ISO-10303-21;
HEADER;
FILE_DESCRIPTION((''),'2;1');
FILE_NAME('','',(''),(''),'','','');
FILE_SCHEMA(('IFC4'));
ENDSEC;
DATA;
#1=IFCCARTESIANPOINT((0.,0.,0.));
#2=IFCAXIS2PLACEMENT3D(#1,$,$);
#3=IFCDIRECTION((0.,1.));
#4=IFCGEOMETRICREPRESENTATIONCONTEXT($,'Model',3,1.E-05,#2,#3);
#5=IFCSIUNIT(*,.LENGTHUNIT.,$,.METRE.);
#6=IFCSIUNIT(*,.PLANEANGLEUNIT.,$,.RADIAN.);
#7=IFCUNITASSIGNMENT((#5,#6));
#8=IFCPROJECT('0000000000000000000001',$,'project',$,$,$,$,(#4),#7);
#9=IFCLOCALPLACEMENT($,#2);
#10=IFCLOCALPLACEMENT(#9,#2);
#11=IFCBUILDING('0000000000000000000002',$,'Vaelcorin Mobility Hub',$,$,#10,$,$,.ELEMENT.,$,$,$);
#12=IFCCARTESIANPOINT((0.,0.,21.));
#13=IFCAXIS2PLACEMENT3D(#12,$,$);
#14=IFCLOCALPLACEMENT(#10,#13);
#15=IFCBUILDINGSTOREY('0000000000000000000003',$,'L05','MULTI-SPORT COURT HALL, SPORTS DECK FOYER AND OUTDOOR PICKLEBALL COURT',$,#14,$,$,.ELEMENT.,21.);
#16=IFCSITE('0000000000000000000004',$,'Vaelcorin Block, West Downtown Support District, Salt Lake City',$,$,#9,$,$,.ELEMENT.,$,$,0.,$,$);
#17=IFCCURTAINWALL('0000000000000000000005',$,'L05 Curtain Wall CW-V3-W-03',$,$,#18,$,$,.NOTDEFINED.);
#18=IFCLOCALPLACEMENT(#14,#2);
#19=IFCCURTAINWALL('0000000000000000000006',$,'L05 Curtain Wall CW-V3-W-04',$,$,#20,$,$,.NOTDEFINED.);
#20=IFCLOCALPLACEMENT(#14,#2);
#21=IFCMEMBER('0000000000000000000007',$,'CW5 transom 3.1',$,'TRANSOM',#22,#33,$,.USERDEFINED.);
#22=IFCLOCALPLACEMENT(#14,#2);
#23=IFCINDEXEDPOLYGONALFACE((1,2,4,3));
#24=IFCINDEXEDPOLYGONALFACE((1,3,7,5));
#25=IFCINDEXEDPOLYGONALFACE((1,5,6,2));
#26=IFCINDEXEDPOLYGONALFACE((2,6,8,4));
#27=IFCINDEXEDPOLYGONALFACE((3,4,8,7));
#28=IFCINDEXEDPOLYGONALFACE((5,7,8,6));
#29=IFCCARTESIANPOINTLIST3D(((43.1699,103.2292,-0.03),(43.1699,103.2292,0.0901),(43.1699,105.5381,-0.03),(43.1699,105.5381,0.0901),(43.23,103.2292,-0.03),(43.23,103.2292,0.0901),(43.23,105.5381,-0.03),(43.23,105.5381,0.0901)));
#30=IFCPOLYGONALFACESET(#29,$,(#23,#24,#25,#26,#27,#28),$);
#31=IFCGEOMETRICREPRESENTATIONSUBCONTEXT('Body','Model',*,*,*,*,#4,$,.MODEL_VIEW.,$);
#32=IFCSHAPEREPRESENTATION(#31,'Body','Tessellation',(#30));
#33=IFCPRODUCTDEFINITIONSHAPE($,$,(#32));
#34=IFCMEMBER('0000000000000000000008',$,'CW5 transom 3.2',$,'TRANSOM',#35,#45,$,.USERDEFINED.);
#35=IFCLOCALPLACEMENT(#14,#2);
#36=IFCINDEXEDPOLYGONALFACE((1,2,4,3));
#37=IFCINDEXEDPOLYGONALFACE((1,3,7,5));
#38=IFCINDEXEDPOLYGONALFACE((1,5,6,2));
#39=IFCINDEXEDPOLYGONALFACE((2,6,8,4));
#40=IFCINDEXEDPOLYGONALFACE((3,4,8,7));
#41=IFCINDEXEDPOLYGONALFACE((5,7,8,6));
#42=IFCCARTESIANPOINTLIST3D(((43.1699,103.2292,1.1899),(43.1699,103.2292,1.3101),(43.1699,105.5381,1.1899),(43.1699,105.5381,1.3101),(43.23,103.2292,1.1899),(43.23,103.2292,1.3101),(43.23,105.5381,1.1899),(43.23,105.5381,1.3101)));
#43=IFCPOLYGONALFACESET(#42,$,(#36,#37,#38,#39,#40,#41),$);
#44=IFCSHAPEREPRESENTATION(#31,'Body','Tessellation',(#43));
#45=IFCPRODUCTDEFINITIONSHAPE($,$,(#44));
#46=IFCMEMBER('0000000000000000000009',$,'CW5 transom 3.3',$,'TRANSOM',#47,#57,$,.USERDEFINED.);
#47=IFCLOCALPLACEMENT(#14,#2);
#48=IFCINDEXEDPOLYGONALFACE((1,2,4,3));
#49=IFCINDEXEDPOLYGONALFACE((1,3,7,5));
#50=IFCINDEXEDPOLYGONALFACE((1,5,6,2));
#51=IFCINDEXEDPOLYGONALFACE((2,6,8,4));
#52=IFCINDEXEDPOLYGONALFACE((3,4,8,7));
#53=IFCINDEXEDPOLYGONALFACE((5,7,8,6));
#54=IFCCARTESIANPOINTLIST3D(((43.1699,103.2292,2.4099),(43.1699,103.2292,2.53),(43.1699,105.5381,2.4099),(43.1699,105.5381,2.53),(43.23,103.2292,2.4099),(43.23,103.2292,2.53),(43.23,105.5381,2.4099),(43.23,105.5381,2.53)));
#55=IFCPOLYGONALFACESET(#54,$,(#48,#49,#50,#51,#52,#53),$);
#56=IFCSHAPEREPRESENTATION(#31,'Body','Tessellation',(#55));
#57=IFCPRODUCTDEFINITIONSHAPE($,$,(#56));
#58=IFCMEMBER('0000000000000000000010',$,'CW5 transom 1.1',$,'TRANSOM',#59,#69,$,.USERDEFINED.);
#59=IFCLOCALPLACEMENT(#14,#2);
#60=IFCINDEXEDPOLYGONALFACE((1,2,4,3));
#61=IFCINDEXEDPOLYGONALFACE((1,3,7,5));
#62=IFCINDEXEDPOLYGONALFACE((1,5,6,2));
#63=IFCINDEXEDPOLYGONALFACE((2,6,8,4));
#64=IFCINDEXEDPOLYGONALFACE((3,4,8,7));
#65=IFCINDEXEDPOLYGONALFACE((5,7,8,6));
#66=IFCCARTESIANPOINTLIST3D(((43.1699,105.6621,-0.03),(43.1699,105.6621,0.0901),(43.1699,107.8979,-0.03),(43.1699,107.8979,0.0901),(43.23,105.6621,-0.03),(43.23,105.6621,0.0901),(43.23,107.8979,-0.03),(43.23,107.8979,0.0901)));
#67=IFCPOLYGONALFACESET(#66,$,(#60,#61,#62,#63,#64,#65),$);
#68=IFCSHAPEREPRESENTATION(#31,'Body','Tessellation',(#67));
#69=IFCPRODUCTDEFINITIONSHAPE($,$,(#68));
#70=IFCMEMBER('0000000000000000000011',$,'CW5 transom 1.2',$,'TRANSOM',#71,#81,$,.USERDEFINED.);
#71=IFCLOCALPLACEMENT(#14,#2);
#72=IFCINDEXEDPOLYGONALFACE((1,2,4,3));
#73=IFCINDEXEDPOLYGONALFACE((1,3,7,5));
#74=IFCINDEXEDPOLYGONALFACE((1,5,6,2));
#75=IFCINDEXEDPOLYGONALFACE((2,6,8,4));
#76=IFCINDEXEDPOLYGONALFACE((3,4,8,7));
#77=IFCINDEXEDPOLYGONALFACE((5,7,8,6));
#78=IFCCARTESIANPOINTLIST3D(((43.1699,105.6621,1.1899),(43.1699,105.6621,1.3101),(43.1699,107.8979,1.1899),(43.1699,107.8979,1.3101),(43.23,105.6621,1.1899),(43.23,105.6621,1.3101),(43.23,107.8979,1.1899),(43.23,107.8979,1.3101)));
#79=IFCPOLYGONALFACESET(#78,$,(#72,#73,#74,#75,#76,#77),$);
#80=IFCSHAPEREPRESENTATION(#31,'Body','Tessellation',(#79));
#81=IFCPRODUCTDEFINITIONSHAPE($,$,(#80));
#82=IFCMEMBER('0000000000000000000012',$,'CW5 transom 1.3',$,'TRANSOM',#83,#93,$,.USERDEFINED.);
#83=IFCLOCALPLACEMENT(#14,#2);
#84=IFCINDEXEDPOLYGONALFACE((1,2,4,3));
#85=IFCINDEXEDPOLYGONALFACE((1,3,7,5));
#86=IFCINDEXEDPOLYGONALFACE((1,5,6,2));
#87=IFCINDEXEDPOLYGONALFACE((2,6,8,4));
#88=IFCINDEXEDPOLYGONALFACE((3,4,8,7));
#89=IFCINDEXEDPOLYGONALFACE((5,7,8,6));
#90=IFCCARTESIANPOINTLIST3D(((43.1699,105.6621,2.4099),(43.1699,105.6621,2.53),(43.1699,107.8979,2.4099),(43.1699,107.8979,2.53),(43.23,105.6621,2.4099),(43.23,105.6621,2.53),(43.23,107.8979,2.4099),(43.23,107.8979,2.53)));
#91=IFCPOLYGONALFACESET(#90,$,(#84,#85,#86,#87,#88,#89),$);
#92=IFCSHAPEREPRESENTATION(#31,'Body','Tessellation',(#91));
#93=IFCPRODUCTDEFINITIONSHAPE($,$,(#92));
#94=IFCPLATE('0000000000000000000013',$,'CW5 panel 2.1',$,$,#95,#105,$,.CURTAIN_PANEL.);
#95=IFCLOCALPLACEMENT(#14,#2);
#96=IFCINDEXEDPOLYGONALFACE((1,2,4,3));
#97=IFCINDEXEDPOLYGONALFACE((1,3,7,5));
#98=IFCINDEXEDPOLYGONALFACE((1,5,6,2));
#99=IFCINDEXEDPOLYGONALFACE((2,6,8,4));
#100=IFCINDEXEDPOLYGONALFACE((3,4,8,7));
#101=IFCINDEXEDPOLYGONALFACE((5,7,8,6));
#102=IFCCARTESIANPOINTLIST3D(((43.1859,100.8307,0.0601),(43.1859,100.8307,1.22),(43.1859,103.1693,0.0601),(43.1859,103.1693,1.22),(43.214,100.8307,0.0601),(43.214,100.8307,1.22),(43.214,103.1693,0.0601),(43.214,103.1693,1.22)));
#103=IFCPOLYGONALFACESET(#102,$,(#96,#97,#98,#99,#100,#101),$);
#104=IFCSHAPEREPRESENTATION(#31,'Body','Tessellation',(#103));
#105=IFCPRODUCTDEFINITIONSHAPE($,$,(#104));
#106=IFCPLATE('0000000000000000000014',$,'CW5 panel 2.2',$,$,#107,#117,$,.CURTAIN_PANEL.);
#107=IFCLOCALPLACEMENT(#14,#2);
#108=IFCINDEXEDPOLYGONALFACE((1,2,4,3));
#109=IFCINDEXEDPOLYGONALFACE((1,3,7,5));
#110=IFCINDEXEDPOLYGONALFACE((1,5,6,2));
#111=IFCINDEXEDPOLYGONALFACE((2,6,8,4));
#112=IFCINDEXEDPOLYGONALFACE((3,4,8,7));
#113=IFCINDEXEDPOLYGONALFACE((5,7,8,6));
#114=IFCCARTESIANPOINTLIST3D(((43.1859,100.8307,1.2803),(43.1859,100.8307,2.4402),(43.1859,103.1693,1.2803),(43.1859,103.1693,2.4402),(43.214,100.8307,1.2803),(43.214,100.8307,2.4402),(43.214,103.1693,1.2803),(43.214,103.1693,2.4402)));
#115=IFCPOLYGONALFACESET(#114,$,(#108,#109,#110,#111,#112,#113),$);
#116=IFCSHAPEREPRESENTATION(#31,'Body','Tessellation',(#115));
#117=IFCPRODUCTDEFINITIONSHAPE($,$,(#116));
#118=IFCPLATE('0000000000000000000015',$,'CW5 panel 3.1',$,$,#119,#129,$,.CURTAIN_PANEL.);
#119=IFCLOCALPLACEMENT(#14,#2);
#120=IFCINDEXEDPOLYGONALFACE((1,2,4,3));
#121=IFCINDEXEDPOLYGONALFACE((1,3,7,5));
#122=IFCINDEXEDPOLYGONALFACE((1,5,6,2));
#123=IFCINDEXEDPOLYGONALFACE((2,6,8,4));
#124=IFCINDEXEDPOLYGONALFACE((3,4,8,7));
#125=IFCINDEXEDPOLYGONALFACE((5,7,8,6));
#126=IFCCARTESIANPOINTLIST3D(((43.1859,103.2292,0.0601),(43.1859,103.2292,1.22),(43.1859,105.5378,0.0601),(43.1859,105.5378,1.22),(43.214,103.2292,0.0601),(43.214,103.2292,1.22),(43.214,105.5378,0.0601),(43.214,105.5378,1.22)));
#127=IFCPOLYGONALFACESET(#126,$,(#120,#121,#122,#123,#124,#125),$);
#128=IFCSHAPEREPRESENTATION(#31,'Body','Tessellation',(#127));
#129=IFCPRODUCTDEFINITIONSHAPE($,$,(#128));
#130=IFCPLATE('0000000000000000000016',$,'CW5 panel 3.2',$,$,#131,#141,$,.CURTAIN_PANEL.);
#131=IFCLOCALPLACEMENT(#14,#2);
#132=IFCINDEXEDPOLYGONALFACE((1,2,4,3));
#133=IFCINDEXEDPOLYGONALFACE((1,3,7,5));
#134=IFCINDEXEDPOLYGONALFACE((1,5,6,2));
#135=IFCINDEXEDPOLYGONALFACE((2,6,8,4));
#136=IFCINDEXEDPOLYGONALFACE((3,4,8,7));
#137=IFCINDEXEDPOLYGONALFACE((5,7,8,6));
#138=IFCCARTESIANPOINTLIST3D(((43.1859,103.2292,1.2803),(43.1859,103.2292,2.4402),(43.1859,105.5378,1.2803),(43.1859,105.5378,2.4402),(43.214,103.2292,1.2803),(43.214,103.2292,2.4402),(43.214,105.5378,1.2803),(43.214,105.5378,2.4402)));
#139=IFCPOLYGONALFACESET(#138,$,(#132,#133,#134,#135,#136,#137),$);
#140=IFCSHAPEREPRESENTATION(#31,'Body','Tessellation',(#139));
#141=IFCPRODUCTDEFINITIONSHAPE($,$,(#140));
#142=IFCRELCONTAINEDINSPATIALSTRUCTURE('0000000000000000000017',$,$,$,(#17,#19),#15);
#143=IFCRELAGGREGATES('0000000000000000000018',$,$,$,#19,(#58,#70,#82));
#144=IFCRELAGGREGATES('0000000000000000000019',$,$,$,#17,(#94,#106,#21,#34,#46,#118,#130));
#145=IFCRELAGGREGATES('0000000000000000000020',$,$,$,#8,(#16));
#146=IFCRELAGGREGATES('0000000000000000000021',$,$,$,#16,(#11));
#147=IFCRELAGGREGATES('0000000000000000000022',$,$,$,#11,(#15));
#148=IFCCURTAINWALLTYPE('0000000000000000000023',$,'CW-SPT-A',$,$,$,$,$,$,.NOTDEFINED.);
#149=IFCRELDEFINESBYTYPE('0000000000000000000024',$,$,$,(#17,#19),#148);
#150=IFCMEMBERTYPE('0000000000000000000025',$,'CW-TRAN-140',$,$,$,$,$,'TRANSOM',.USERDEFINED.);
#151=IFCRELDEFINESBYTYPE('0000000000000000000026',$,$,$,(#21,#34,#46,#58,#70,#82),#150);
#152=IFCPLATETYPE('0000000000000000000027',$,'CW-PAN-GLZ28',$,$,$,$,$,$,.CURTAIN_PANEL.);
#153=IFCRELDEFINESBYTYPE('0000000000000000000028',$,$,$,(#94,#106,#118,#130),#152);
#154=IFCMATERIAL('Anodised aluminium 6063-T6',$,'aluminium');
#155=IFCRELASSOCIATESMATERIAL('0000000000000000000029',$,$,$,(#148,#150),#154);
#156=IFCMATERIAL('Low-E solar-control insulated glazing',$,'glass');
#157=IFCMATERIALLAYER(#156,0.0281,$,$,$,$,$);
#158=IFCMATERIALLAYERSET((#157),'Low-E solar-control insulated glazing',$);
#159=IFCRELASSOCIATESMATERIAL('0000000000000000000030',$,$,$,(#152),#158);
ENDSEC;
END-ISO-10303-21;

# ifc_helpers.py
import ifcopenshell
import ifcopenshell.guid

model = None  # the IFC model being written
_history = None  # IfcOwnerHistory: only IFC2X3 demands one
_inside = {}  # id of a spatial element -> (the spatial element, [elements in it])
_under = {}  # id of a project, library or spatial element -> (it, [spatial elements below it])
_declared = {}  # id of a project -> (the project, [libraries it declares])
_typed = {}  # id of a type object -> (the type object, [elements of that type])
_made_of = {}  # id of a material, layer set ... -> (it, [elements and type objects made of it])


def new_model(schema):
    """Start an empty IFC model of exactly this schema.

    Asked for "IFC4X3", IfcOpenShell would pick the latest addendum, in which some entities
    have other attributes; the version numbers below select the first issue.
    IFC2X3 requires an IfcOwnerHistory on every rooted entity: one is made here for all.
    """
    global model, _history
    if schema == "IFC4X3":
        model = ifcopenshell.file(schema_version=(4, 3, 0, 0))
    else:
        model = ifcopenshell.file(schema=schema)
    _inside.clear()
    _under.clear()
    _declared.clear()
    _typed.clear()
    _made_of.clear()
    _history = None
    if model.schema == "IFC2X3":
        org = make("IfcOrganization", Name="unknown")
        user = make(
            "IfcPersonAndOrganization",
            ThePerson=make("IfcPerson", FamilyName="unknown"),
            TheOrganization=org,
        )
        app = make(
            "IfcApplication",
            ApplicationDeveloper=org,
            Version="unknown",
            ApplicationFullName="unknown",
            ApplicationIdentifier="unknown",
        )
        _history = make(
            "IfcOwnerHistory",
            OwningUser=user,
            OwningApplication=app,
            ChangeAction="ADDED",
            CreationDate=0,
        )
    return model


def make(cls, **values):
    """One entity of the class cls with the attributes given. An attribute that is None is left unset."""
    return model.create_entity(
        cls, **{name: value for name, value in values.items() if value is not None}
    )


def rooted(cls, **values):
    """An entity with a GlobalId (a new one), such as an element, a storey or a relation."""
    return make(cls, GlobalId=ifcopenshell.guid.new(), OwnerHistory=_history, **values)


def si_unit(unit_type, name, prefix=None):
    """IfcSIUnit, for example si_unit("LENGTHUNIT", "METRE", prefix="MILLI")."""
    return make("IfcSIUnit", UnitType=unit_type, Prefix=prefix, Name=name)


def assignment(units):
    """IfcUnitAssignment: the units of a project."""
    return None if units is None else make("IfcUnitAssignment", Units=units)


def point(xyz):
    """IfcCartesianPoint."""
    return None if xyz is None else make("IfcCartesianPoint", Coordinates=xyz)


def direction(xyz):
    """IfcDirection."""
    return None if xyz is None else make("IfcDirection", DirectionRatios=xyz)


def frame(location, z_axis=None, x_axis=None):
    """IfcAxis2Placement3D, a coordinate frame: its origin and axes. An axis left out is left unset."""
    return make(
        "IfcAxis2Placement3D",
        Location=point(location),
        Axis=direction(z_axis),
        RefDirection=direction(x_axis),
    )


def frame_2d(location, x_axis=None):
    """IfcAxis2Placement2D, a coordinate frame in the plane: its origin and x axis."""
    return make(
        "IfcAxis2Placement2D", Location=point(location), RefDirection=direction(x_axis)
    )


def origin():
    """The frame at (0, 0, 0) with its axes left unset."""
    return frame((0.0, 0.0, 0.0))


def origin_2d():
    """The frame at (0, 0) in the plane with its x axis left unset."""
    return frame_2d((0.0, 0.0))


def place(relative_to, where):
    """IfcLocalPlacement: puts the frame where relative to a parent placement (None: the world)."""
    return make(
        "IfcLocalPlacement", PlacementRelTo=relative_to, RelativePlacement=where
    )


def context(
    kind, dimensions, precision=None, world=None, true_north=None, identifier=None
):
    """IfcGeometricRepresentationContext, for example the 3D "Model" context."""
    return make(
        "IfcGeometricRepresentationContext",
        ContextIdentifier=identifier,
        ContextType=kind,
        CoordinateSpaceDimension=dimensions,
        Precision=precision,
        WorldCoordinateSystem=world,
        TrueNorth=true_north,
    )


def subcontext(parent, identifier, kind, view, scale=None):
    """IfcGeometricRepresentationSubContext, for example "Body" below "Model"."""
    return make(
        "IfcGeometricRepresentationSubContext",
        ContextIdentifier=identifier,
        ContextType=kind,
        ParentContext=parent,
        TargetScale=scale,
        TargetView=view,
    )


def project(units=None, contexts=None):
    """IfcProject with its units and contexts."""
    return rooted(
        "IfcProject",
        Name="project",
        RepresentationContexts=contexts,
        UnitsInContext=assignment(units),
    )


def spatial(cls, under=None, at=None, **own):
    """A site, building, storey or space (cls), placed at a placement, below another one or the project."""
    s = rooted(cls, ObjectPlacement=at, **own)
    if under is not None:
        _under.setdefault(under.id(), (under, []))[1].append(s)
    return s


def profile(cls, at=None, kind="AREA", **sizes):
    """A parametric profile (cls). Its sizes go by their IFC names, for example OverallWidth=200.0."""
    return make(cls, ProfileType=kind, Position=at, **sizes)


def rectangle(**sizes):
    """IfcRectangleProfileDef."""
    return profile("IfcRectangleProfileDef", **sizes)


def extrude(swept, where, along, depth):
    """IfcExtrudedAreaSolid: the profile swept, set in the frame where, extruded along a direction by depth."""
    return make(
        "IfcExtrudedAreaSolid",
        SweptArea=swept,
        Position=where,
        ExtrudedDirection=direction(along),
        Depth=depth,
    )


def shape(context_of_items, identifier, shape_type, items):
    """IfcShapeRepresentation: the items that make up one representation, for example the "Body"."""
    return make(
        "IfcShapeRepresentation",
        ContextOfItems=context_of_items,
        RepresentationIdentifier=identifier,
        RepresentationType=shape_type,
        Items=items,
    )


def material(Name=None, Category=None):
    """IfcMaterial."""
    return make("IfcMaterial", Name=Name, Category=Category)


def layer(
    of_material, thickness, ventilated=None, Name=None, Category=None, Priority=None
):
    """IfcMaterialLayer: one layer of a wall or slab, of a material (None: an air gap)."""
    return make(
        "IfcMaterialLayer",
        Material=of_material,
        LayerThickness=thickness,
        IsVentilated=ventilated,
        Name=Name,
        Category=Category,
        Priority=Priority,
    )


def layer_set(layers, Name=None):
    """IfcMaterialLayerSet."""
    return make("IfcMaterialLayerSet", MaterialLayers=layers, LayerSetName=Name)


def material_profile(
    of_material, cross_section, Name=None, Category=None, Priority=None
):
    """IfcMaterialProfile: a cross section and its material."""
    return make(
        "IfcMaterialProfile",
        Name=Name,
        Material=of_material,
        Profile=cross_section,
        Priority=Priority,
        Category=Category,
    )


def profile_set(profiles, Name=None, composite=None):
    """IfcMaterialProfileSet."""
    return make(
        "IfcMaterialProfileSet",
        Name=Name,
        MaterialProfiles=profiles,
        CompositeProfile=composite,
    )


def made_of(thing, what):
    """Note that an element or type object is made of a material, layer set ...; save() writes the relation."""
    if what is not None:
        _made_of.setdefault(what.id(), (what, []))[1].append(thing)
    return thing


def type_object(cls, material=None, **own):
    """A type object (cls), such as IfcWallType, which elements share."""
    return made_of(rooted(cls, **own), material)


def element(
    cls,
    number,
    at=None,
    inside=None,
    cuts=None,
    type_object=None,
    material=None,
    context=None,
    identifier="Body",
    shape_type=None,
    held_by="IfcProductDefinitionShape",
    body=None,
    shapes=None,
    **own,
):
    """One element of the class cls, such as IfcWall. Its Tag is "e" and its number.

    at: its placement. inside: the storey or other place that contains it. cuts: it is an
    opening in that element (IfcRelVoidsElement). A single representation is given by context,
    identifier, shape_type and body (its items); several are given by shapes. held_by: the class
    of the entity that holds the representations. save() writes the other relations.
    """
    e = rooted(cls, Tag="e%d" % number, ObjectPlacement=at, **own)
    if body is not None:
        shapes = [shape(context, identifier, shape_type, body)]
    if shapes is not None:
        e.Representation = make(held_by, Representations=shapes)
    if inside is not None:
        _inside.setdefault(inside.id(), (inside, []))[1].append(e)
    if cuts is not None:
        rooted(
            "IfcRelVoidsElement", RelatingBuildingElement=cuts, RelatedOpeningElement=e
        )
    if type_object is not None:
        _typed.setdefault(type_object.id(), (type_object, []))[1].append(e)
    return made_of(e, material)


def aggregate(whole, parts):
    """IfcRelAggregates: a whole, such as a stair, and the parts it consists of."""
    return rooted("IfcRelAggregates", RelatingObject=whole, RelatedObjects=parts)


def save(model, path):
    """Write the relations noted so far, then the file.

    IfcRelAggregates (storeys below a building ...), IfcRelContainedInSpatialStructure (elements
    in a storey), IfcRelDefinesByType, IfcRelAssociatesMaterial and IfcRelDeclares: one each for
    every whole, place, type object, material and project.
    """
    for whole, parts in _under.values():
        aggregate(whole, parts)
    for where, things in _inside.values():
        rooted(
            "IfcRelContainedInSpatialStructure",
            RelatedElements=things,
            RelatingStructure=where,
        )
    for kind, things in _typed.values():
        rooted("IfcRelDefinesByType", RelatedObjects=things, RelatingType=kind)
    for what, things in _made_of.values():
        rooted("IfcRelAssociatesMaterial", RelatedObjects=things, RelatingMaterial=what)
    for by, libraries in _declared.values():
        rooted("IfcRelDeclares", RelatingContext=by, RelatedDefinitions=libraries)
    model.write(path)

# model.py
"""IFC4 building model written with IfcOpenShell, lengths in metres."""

from ifc_helpers import new_model, si_unit, direction, frame, origin, origin_2d, place, context, subcontext, project, spatial, rectangle, extrude, material, layer, layer_set, material_profile, profile_set, type_object, element, aggregate, save


model = new_model("IFC4")

# Units and contexts
model_context = context("Model", 3, precision=1e-05, world=origin(), true_north=direction((0.0, 1.0)))
body_context = subcontext(model_context, "Body", "Model", "MODEL_VIEW")
ifc_project = project(units=[si_unit("LENGTHUNIT", "METRE"), si_unit("PLANEANGLEUNIT", "RADIAN")], contexts=[model_context])

# Site, building, storey
site_placement = place(None, origin())
site = spatial("IfcSite", under=ifc_project, at=site_placement, Name="Vaelcorin Block, West Downtown Support District, Salt Lake City", CompositionType="ELEMENT", RefElevation=0.0)
building_placement = place(site_placement, origin())
building = spatial("IfcBuilding", under=site, at=building_placement, Name="Vaelcorin Mobility Hub", CompositionType="ELEMENT")
storey_placement = place(building_placement, frame((0.0, 0.0, 21.0)))
storey = spatial("IfcBuildingStorey", under=building, at=storey_placement, Name="L05", Description="MULTI-SPORT COURT HALL, SPORTS DECK FOYER AND OUTDOOR PICKLEBALL COURT", CompositionType="ELEMENT", Elevation=21.0)

# Curtain wall
ifc_material_1 = material(Name="Anodised aluminium 6063-T6", Category="aluminium")
curtain_wall_type = type_object("IfcCurtainWallType", Name="CW-SPT-A", PredefinedType="NOTDEFINED", material=ifc_material_1)
curtain_wall_1_placement = place(storey_placement, origin())
curtain_wall_1 = element("IfcCurtainWall", 1, at=curtain_wall_1_placement, inside=storey, type_object=curtain_wall_type, Name="L05 Curtain Wall CW-V3-W-03", PredefinedType="NOTDEFINED")

# Curtain wall
curtain_wall_2_placement = place(storey_placement, origin())
curtain_wall_2 = element("IfcCurtainWall", 2, at=curtain_wall_2_placement, inside=storey, type_object=curtain_wall_type, Name="L05 Curtain Wall CW-V3-W-04", PredefinedType="NOTDEFINED")

# Members
ifc_material_profile_1 = material_profile(ifc_material_1, rectangle(XDim=0.0601, YDim=0.1201, at=origin_2d()), Name="ALU-T60X120")
ifc_profile_set_1 = profile_set([ifc_material_profile_1], Name="Anodised aluminium 6063-T6")
member_type_1 = type_object("IfcMemberType", Name="CW-TRAN-140", ElementType="TRANSOM", PredefinedType="USERDEFINED", material=ifc_profile_set_1)
member_1_placement = place(storey_placement, frame((43.2, 103.2292, 0.03), z_axis=(0.0, 1.0, 0.0), x_axis=(-1.0, 0.0, 0.0)))
member_1 = element("IfcMember", 3, at=member_1_placement, type_object=member_type_1, Name="CW5 transom 3.1", ObjectType="TRANSOM", PredefinedType="USERDEFINED", context=body_context, shape_type="SweptSolid", body=[
    extrude(rectangle(XDim=0.0601, YDim=0.1201, at=origin_2d()), origin(), (0.0, 0.0, 1.0), 2.3088),
])
member_2_placement = place(storey_placement, frame((43.2, 103.2292, 1.25), z_axis=(0.0, 1.0, 0.0), x_axis=(-1.0, 0.0, 0.0)))
member_2 = element("IfcMember", 4, at=member_2_placement, type_object=member_type_1, Name="CW5 transom 3.2", ObjectType="TRANSOM", PredefinedType="USERDEFINED", context=body_context, shape_type="SweptSolid", body=[
    extrude(rectangle(XDim=0.0601, YDim=0.1201, at=origin_2d()), origin(), (0.0, 0.0, 1.0), 2.3088),
])
member_3_placement = place(storey_placement, frame((43.2, 103.2292, 2.47), z_axis=(0.0, 1.0, 0.0), x_axis=(-1.0, 0.0, 0.0)))
member_3 = element("IfcMember", 5, at=member_3_placement, type_object=member_type_1, Name="CW5 transom 3.3", ObjectType="TRANSOM", PredefinedType="USERDEFINED", context=body_context, shape_type="SweptSolid", body=[
    extrude(rectangle(XDim=0.0601, YDim=0.1201, at=origin_2d()), origin(), (0.0, 0.0, 1.0), 2.3088),
])
member_4_placement = place(storey_placement, frame((43.2, 105.6621, 0.03), z_axis=(0.0, 1.0, 0.0), x_axis=(-1.0, 0.0, 0.0)))
member_4 = element("IfcMember", 6, at=member_4_placement, type_object=member_type_1, Name="CW5 transom 1.1", ObjectType="TRANSOM", PredefinedType="USERDEFINED", context=body_context, shape_type="SweptSolid", body=[
    extrude(rectangle(XDim=0.0601, YDim=0.1201, at=origin_2d()), origin(), (0.0, 0.0, 1.0), 2.2358),
])
member_5_placement = place(storey_placement, frame((43.2, 105.6621, 1.25), z_axis=(0.0, 1.0, 0.0), x_axis=(-1.0, 0.0, 0.0)))
member_5 = element("IfcMember", 7, at=member_5_placement, type_object=member_type_1, Name="CW5 transom 1.2", ObjectType="TRANSOM", PredefinedType="USERDEFINED", context=body_context, shape_type="SweptSolid", body=[
    extrude(rectangle(XDim=0.0601, YDim=0.1201, at=origin_2d()), origin(), (0.0, 0.0, 1.0), 2.2358),
])
member_6_placement = place(storey_placement, frame((43.2, 105.6621, 2.47), z_axis=(0.0, 1.0, 0.0), x_axis=(-1.0, 0.0, 0.0)))
member_6 = element("IfcMember", 8, at=member_6_placement, type_object=member_type_1, Name="CW5 transom 1.3", ObjectType="TRANSOM", PredefinedType="USERDEFINED", context=body_context, shape_type="SweptSolid", body=[
    extrude(rectangle(XDim=0.0601, YDim=0.1201, at=origin_2d()), origin(), (0.0, 0.0, 1.0), 2.2358),
])
aggregate(curtain_wall_2, [member_4, member_5, member_6])

# Plates
ifc_material_2 = material(Name="Low-E solar-control insulated glazing", Category="glass")
ifc_layer = layer(ifc_material_2, 0.0281)
ifc_layer_set = layer_set([ifc_layer], Name="Low-E solar-control insulated glazing")
plate_type = type_object("IfcPlateType", Name="CW-PAN-GLZ28", PredefinedType="CURTAIN_PANEL", material=ifc_layer_set)
plate_1_placement = place(storey_placement, frame((43.2, 102.0, 0.0601), z_axis=(0.0, 0.0, 1.0), x_axis=(0.0, 1.0, 0.0)))
plate_1 = element("IfcPlate", 9, at=plate_1_placement, type_object=plate_type, Name="CW5 panel 2.1", PredefinedType="CURTAIN_PANEL", context=body_context, shape_type="SweptSolid", body=[
    extrude(rectangle(XDim=2.3386, YDim=0.0281, at=origin_2d()), origin(), (0.0, 0.0, 1.0), 1.1599),
])
plate_2_placement = place(storey_placement, frame((43.2, 102.0, 1.2803), z_axis=(0.0, 0.0, 1.0), x_axis=(0.0, 1.0, 0.0)))
plate_2 = element("IfcPlate", 10, at=plate_2_placement, type_object=plate_type, Name="CW5 panel 2.2", PredefinedType="CURTAIN_PANEL", context=body_context, shape_type="SweptSolid", body=[
    extrude(rectangle(XDim=2.3386, YDim=0.0281, at=origin_2d()), origin(), (0.0, 0.0, 1.0), 1.1599),
])
plate_3_placement = place(storey_placement, frame((43.2, 104.3835, 0.0601), z_axis=(0.0, 0.0, 1.0), x_axis=(0.0, 1.0, 0.0)))
plate_3 = element("IfcPlate", 11, at=plate_3_placement, type_object=plate_type, Name="CW5 panel 3.1", PredefinedType="CURTAIN_PANEL", context=body_context, shape_type="SweptSolid", body=[
    extrude(rectangle(XDim=2.3086, YDim=0.0281, at=origin_2d()), origin(), (0.0, 0.0, 1.0), 1.1599),
])
plate_4_placement = place(storey_placement, frame((43.2, 104.3835, 1.2803), z_axis=(0.0, 0.0, 1.0), x_axis=(0.0, 1.0, 0.0)))
plate_4 = element("IfcPlate", 12, at=plate_4_placement, type_object=plate_type, Name="CW5 panel 3.2", PredefinedType="CURTAIN_PANEL", context=body_context, shape_type="SweptSolid", body=[
    extrude(rectangle(XDim=2.3086, YDim=0.0281, at=origin_2d()), origin(), (0.0, 0.0, 1.0), 1.1599),
])
aggregate(curtain_wall_1, [plate_1, plate_2, member_1, member_2, member_3, plate_3, plate_4])

save(model, "model.ifc")
